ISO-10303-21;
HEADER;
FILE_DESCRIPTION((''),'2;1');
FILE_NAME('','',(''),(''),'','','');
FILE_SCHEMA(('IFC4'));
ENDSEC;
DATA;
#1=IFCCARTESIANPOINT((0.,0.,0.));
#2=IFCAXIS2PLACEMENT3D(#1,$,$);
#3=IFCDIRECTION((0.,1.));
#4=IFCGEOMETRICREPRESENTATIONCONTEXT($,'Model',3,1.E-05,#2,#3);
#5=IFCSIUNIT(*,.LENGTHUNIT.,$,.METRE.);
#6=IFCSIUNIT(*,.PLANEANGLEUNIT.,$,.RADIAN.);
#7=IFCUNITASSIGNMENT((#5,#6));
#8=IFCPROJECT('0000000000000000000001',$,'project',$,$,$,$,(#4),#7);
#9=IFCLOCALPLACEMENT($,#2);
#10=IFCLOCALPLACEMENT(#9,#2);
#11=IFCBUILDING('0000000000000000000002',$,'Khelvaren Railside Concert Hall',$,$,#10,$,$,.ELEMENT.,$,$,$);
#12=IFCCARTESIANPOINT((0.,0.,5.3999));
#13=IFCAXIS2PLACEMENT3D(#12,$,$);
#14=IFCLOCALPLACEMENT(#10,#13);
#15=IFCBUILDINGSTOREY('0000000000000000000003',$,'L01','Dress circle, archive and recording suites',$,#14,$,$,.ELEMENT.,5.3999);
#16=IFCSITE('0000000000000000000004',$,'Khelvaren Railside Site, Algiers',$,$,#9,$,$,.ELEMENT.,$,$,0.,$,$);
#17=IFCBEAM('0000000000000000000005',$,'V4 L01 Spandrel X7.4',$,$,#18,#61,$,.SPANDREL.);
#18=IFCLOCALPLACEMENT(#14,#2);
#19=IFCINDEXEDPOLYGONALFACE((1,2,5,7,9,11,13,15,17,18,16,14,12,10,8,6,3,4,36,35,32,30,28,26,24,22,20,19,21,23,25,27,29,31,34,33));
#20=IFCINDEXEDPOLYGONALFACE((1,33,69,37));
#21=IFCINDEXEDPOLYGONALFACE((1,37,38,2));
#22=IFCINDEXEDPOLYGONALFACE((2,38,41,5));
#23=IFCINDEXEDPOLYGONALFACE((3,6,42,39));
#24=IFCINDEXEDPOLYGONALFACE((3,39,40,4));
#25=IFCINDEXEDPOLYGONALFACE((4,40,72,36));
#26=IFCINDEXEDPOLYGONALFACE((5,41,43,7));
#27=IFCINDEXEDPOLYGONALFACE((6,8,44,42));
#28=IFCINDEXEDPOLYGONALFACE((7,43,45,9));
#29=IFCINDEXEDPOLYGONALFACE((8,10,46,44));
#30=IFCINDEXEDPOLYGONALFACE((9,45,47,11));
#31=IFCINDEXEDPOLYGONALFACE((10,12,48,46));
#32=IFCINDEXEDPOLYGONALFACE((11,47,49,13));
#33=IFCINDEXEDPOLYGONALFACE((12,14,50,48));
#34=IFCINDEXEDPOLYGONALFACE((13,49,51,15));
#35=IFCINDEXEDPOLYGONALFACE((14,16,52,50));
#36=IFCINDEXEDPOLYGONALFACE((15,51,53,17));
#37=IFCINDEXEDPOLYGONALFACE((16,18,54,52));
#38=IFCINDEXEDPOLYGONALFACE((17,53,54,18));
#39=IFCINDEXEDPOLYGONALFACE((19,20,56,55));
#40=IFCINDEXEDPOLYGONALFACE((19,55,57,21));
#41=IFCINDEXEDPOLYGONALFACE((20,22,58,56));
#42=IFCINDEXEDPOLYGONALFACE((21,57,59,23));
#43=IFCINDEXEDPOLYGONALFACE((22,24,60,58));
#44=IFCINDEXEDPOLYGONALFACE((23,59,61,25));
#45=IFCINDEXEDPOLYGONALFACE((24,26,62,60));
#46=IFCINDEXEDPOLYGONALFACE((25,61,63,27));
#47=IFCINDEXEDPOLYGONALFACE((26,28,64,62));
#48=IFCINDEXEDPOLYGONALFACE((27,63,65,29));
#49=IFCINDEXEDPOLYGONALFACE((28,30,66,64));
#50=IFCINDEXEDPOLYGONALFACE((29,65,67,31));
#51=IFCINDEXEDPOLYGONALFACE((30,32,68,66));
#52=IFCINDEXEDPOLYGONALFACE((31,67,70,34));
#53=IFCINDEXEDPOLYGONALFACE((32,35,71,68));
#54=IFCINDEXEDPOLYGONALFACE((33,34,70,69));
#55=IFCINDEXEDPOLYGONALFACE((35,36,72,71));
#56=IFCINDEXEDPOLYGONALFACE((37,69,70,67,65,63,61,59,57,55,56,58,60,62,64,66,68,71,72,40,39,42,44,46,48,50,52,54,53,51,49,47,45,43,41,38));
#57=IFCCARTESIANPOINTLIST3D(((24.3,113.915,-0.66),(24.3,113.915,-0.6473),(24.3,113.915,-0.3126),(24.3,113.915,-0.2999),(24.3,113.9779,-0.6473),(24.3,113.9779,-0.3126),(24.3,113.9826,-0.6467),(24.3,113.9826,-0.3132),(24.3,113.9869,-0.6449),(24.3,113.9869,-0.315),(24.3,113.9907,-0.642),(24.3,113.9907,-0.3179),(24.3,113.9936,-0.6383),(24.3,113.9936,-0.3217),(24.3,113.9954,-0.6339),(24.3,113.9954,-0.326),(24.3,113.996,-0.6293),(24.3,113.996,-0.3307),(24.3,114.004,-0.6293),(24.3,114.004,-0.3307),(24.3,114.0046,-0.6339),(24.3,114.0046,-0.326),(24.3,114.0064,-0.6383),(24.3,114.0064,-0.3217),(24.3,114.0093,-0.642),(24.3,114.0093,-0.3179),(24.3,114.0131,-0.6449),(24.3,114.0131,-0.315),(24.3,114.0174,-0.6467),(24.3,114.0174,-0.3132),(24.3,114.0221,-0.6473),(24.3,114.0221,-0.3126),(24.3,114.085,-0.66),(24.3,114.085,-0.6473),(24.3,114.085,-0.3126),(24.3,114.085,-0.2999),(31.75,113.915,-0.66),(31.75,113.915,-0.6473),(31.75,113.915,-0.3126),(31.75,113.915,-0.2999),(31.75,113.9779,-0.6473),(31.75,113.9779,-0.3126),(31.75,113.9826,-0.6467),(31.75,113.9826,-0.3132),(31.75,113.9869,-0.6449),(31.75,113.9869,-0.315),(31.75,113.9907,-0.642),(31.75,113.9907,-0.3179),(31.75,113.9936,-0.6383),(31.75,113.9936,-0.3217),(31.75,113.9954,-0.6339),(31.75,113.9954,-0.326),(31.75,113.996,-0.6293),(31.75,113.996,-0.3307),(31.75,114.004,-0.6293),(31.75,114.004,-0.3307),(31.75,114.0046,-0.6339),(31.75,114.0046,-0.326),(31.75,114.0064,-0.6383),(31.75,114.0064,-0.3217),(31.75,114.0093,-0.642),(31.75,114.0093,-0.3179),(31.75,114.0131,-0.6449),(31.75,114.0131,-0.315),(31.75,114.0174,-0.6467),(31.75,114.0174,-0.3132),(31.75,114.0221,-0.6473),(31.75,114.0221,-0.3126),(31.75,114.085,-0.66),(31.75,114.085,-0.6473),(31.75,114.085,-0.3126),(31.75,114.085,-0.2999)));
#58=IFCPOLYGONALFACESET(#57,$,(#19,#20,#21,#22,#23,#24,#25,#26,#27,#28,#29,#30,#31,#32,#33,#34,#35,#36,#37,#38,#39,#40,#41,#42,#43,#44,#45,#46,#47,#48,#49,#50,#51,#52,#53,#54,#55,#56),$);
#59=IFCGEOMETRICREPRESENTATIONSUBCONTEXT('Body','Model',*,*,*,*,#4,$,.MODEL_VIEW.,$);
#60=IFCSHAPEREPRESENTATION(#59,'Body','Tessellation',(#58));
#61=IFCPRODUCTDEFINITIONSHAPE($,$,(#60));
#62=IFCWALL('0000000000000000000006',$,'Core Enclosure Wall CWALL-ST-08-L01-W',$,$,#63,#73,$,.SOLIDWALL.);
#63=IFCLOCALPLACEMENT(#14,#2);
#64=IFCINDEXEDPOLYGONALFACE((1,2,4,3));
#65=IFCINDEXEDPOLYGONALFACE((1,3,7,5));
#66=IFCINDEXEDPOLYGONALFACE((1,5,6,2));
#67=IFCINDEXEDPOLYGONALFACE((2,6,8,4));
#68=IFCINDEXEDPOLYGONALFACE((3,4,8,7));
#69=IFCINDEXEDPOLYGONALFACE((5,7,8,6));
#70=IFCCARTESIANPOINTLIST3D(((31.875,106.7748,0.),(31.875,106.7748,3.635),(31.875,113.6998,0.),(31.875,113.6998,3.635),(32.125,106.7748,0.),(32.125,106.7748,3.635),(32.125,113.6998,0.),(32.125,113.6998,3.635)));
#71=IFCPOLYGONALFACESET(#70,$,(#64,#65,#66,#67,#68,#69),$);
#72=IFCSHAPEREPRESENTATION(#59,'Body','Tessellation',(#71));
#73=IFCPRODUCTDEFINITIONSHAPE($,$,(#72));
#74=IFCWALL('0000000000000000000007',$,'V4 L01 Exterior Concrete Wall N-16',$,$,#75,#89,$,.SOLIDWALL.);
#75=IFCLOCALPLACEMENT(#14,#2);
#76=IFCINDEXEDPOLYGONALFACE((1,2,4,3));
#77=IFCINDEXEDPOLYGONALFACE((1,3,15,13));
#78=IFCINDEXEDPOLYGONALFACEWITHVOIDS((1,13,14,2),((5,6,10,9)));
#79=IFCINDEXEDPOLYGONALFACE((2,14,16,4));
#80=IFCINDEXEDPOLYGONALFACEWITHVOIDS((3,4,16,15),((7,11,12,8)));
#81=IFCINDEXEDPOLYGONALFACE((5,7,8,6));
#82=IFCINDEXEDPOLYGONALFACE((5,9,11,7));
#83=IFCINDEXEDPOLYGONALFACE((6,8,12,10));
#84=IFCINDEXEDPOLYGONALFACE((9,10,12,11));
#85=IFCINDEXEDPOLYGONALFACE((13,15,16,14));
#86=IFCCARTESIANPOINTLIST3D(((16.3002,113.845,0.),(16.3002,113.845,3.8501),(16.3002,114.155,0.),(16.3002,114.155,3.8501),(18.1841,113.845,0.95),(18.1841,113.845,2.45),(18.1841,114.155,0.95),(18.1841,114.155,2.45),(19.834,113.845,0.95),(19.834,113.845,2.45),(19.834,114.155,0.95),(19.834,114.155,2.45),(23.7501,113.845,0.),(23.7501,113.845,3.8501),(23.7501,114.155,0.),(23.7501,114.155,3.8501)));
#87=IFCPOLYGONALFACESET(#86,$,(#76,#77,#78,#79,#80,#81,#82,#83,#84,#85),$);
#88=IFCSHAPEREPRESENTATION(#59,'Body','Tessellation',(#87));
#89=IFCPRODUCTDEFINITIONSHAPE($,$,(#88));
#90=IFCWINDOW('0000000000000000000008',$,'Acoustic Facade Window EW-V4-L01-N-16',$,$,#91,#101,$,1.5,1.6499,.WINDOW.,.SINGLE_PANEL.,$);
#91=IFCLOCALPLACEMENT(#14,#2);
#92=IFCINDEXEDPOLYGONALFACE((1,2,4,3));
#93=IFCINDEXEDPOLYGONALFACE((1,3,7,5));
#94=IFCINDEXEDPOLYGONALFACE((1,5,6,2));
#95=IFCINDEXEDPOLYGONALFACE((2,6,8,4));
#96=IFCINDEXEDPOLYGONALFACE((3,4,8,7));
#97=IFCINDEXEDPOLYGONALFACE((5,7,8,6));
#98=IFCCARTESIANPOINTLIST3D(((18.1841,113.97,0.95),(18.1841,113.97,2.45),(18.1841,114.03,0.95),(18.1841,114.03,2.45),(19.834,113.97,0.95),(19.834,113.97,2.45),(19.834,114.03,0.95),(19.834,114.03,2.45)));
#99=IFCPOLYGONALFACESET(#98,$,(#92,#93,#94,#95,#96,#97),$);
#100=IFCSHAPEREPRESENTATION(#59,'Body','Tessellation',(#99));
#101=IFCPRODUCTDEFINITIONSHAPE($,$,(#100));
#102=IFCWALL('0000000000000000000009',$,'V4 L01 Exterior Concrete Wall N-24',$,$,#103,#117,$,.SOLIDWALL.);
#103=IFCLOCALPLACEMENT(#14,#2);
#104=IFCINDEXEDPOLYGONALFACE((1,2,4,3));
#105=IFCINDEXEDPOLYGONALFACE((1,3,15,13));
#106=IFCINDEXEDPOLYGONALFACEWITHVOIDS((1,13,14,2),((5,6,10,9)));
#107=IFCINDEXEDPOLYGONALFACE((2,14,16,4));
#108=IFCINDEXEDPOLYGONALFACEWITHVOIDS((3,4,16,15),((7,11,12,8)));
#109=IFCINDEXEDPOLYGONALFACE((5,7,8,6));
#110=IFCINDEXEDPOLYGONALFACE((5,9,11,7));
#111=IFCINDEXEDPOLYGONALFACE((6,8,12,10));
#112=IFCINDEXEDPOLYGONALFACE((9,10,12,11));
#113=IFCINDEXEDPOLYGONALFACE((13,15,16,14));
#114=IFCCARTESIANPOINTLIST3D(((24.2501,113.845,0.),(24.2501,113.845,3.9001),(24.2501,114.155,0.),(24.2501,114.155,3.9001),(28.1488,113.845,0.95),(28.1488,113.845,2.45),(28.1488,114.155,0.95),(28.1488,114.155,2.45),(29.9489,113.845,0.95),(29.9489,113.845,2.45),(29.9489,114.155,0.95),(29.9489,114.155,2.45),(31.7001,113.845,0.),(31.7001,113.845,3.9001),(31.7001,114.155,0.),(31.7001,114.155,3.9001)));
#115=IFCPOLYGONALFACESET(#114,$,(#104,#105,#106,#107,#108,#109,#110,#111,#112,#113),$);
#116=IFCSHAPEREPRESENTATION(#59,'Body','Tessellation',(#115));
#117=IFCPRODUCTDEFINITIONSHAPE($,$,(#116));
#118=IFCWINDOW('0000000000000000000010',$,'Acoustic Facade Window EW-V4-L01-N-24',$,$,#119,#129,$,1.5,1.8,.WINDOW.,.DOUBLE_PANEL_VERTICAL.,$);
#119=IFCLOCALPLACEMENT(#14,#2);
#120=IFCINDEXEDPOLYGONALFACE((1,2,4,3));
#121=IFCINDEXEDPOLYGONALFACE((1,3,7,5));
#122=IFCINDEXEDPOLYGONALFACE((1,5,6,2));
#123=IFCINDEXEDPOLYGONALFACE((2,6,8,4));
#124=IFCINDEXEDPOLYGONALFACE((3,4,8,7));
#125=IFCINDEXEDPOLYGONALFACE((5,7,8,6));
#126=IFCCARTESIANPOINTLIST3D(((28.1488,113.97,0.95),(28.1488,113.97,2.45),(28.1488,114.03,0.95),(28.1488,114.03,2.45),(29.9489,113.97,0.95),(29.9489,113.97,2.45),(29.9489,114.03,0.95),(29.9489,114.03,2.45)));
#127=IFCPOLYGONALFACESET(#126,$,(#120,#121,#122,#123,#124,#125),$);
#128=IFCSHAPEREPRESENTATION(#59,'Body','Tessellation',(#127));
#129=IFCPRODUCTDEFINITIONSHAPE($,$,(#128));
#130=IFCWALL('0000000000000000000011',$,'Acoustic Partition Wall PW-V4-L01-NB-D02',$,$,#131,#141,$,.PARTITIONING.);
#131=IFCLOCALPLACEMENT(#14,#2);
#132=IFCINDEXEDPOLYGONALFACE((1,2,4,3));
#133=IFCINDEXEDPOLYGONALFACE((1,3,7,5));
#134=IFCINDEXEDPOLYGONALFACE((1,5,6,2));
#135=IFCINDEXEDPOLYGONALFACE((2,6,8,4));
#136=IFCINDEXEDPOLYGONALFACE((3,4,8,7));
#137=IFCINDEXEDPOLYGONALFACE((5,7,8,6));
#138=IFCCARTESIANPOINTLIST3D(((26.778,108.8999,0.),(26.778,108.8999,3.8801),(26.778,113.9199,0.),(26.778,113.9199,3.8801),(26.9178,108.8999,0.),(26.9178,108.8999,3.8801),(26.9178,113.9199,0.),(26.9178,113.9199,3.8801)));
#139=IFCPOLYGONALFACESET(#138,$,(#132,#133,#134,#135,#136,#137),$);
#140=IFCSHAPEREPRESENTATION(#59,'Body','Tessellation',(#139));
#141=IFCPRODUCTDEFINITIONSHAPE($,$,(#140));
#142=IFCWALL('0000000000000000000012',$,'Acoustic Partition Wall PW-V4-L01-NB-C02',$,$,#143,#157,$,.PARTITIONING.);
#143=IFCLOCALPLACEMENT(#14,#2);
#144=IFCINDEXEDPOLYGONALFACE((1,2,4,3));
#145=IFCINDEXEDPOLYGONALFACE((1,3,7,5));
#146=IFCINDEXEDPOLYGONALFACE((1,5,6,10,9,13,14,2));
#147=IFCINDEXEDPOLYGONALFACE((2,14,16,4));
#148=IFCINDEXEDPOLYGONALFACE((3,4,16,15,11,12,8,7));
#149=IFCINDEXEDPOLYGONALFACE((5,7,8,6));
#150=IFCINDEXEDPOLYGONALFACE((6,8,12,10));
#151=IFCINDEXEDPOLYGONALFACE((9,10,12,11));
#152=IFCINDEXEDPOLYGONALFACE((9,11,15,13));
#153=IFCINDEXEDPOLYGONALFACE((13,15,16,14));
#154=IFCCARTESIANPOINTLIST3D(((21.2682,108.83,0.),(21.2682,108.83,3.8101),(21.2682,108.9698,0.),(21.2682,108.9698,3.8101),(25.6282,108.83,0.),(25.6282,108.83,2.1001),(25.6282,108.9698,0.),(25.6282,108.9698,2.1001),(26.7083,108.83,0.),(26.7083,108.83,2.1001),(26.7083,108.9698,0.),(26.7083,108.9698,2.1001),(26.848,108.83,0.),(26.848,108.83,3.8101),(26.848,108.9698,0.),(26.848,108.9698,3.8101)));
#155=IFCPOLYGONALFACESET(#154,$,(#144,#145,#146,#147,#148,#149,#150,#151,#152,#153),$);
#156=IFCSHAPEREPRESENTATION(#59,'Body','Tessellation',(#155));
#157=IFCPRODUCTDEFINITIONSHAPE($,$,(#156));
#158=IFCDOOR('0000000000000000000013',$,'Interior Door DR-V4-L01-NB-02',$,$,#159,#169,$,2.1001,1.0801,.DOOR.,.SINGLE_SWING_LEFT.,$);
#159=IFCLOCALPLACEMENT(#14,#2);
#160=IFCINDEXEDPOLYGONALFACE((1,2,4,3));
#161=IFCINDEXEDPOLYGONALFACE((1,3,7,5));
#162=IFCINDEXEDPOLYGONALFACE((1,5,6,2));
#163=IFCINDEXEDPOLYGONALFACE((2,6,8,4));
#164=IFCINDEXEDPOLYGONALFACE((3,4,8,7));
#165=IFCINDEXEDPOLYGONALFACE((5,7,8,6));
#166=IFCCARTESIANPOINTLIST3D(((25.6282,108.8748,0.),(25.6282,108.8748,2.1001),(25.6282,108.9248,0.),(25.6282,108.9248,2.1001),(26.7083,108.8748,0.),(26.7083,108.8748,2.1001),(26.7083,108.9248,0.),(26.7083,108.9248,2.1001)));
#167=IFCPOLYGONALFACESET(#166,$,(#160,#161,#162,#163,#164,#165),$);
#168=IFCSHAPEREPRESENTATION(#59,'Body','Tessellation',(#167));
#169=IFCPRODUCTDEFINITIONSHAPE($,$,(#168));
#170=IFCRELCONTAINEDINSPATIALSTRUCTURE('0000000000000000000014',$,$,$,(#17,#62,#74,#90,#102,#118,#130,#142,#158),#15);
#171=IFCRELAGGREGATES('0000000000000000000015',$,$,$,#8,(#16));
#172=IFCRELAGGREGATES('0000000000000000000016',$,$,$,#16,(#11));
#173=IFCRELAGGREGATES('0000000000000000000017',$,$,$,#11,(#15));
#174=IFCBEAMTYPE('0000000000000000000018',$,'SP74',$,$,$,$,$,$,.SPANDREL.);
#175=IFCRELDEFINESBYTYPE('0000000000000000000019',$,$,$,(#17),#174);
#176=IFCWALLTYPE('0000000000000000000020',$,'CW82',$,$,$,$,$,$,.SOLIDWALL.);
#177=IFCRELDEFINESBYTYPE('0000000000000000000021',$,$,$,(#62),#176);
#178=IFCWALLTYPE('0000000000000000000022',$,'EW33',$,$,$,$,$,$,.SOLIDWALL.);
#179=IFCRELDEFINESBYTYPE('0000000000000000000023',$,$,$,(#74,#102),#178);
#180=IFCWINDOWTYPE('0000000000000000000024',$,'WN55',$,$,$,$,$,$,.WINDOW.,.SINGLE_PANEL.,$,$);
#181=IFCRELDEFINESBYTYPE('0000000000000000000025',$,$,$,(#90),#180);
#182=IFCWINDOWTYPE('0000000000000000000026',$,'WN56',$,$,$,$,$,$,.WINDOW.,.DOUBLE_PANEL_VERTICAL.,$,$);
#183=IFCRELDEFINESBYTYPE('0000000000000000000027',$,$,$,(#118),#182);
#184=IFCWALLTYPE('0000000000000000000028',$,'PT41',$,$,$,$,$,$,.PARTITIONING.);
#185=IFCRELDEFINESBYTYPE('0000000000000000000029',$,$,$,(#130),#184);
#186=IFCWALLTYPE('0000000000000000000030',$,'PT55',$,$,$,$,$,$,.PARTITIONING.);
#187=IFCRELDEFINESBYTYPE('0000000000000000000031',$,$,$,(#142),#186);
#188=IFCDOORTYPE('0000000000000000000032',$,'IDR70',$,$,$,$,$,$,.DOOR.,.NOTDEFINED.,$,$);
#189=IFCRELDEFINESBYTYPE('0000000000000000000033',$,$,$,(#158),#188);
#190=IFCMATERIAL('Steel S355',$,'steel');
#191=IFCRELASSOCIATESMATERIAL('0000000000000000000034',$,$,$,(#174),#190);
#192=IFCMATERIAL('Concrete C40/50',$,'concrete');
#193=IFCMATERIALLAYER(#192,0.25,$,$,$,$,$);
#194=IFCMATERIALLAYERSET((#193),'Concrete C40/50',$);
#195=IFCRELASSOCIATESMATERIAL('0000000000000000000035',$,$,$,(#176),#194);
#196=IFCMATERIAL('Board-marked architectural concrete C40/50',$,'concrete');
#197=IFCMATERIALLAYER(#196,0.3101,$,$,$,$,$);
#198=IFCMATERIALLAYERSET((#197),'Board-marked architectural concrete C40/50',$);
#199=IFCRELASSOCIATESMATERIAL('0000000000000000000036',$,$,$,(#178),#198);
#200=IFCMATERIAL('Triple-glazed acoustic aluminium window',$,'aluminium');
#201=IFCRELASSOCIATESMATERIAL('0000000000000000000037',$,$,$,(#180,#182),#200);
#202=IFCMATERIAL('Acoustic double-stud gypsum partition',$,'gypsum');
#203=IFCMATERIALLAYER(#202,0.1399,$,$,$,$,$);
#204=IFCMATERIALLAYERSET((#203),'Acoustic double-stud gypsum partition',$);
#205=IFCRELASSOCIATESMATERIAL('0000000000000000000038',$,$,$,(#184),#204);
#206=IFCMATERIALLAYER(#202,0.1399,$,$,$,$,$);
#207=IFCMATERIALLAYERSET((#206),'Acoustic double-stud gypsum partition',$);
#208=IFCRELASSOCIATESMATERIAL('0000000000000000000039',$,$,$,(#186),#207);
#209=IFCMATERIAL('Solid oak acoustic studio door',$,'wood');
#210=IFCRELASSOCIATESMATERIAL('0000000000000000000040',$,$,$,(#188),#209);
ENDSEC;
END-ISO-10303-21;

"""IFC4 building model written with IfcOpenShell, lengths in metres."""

from ifc_helpers import new_model, si_unit, direction, frame, frame_2d, origin, origin_2d, place, context, subcontext, project, spatial, rectangle, i_section, extrude, material, layer, layer_set, material_profile, profile_set, type_object, element, fill, save


model = new_model("IFC4")

# Units and contexts
model_context = context("Model", 3, precision=1e-05, world=origin(), true_north=direction((0.0, 1.0)))
body_context = subcontext(model_context, "Body", "Model", "MODEL_VIEW")
ifc_project = project(units=[si_unit("LENGTHUNIT", "METRE"), si_unit("PLANEANGLEUNIT", "RADIAN")], contexts=[model_context])

# Site, building, storey
site_placement = place(None, origin())
site = spatial("IfcSite", under=ifc_project, at=site_placement, Name="Khelvaren Railside Site, Algiers", CompositionType="ELEMENT", RefElevation=0.0)
building_placement = place(site_placement, origin())
building = spatial("IfcBuilding", under=site, at=building_placement, Name="Khelvaren Railside Concert Hall", CompositionType="ELEMENT")
storey_placement = place(building_placement, frame((0.0, 0.0, 5.3999)))
storey = spatial("IfcBuildingStorey", under=building, at=storey_placement, Name="L01", Description="Dress circle, archive and recording suites", CompositionType="ELEMENT", Elevation=5.3999)

# Beam
ifc_material_1 = material(Name="Steel S355", Category="steel")
ifc_material_2 = material(Name="Concrete C40/50", Category="concrete")
ifc_material_profile_1 = material_profile(ifc_material_1, i_section(OverallWidth=0.1699, OverallDepth=0.3601, WebThickness=0.0081, FlangeThickness=0.0127, FilletRadius=0.0181, at=origin_2d()), Name="IPE 360")
ifc_profile_set_1 = profile_set([ifc_material_profile_1], Name="Steel S355")
beam_type_1 = type_object("IfcBeamType", Name="SP74", PredefinedType="SPANDREL", material=ifc_profile_set_1)
beam_1_placement = place(storey_placement, frame((24.3, 114.0, -0.48), z_axis=(1.0, 0.0, 0.0), x_axis=(0.0, 1.0, 0.0)))
element("IfcBeam", 1, at=beam_1_placement, inside=storey, type_object=beam_type_1, Name="V4 L01 Spandrel X7.4", PredefinedType="SPANDREL", context=body_context, shape_type="SweptSolid", body=[
    extrude(i_section(OverallWidth=0.1699, OverallDepth=0.3601, WebThickness=0.0081, FlangeThickness=0.0127, FilletRadius=0.0181, at=origin_2d()), origin(), (0.0, 0.0, 1.0), 7.45),
])

# Wall
ifc_layer_1 = layer(ifc_material_2, 0.25)
ifc_layer_set_1 = layer_set([ifc_layer_1], Name="Concrete C40/50")
wall_type_1 = type_object("IfcWallType", Name="CW82", PredefinedType="SOLIDWALL", material=ifc_layer_set_1)
wall_1_placement = place(storey_placement, frame((32.0, 106.7749, 0.0), z_axis=(0.0, 0.0, 1.0), x_axis=(0.0, 1.0, 0.0)))
element("IfcWall", 2, at=wall_1_placement, inside=storey, type_object=wall_type_1, Name="Core Enclosure Wall CWALL-ST-08-L01-W", PredefinedType="SOLIDWALL", context=body_context, shape_type="SweptSolid", body=[
    extrude(rectangle(XDim=6.925, YDim=0.25, at=frame_2d((3.4624, 0.0))), origin(), (0.0, 0.0, 1.0), 3.635),
])

# Walls, openings, windows
ifc_material_3 = material(Name="Board-marked architectural concrete C40/50", Category="concrete")
ifc_layer_2 = layer(ifc_material_3, 0.3101)
ifc_layer_set_2 = layer_set([ifc_layer_2], Name="Board-marked architectural concrete C40/50")
wall_type_2 = type_object("IfcWallType", Name="EW33", PredefinedType="SOLIDWALL", material=ifc_layer_set_2)
wall_2_placement = place(storey_placement, frame((16.3, 114.0, 0.0), z_axis=(0.0, 0.0, 1.0), x_axis=(1.0, 0.0, 0.0)))
wall_2 = element("IfcWall", 3, at=wall_2_placement, inside=storey, type_object=wall_type_2, Name="V4 L01 Exterior Concrete Wall N-16", PredefinedType="SOLIDWALL", context=body_context, shape_type="SweptSolid", body=[
    extrude(rectangle(XDim=7.45, YDim=0.3101, at=frame_2d((3.7251, 0.0))), origin(), (0.0, 0.0, 1.0), 3.8501),
])
opening_1_placement = place(wall_2_placement, frame((1.884, 0.0, 0.95)))
opening_1 = element("IfcOpeningElement", 4, at=opening_1_placement, cuts=wall_2, PredefinedType="OPENING", context=body_context, shape_type="SweptSolid", body=[
    extrude(rectangle(XDim=1.6499, YDim=1.5, at=frame_2d((0.825, 0.75))), frame((0.0, 0.165, 0.0), z_axis=(0.0, -1.0, 0.0), x_axis=(1.0, 0.0, 0.0)), (0.0, 0.0, 1.0), 0.3301),
])
ifc_material_4 = material(Name="Triple-glazed acoustic aluminium window", Category="aluminium")
window_type_1 = type_object("IfcWindowType", Name="WN55", PartitioningType="SINGLE_PANEL", PredefinedType="WINDOW", material=ifc_material_4)
window_1_placement = place(opening_1_placement, origin())
window_1 = element("IfcWindow", 5, at=window_1_placement, inside=storey, type_object=window_type_1, Name="Acoustic Facade Window EW-V4-L01-N-16", OverallHeight=1.5, OverallWidth=1.6499, PartitioningType="SINGLE_PANEL", PredefinedType="WINDOW", context=body_context, shape_type="SweptSolid", body=[
    extrude(rectangle(XDim=1.6499, YDim=1.5, at=frame_2d((0.825, 0.75))), frame((0.0, 0.03, 0.0), z_axis=(0.0, -1.0, 0.0), x_axis=(1.0, 0.0, 0.0)), (0.0, 0.0, 1.0), 0.0601),
])
fill(opening_1, window_1)
wall_3_placement = place(storey_placement, frame((24.25, 114.0, 0.0), z_axis=(0.0, 0.0, 1.0), x_axis=(1.0, 0.0, 0.0)))
wall_3 = element("IfcWall", 6, at=wall_3_placement, inside=storey, type_object=wall_type_2, Name="V4 L01 Exterior Concrete Wall N-24", PredefinedType="SOLIDWALL", context=body_context, shape_type="SweptSolid", body=[
    extrude(rectangle(XDim=7.45, YDim=0.3101, at=frame_2d((3.7251, 0.0))), origin(), (0.0, 0.0, 1.0), 3.9001),
])
opening_2_placement = place(wall_3_placement, frame((3.8989, 0.0, 0.95)))
opening_2 = element("IfcOpeningElement", 7, at=opening_2_placement, cuts=wall_3, PredefinedType="OPENING", context=body_context, shape_type="SweptSolid", body=[
    extrude(rectangle(XDim=1.8, YDim=1.5, at=frame_2d((0.8999, 0.75))), frame((0.0, 0.165, 0.0), z_axis=(0.0, -1.0, 0.0), x_axis=(1.0, 0.0, 0.0)), (0.0, 0.0, 1.0), 0.3301),
])
window_type_2 = type_object("IfcWindowType", Name="WN56", PartitioningType="DOUBLE_PANEL_VERTICAL", PredefinedType="WINDOW", material=ifc_material_4)
window_2_placement = place(opening_2_placement, origin())
window_2 = element("IfcWindow", 8, at=window_2_placement, inside=storey, type_object=window_type_2, Name="Acoustic Facade Window EW-V4-L01-N-24", OverallHeight=1.5, OverallWidth=1.8, PartitioningType="DOUBLE_PANEL_VERTICAL", PredefinedType="WINDOW", context=body_context, shape_type="SweptSolid", body=[
    extrude(rectangle(XDim=1.8, YDim=1.5, at=frame_2d((0.8999, 0.75))), frame((0.0, 0.03, 0.0), z_axis=(0.0, -1.0, 0.0), x_axis=(1.0, 0.0, 0.0)), (0.0, 0.0, 1.0), 0.0601),
])
fill(opening_2, window_2)

# Wall
ifc_material_5 = material(Name="Acoustic double-stud gypsum partition", Category="gypsum")
ifc_layer_3 = layer(ifc_material_5, 0.1399)
ifc_layer_set_3 = layer_set([ifc_layer_3], Name="Acoustic double-stud gypsum partition")
wall_type_3 = type_object("IfcWallType", Name="PT41", PredefinedType="PARTITIONING", material=ifc_layer_set_3)
wall_4_placement = place(storey_placement, frame((26.8479, 108.8999, 0.0), z_axis=(0.0, 0.0, 1.0), x_axis=(0.0, 1.0, 0.0)))
element("IfcWall", 9, at=wall_4_placement, inside=storey, type_object=wall_type_3, Name="Acoustic Partition Wall PW-V4-L01-NB-D02", PredefinedType="PARTITIONING", context=body_context, shape_type="SweptSolid", body=[
    extrude(rectangle(XDim=5.02, YDim=0.1399, at=frame_2d((2.51, 0.0))), origin(), (0.0, 0.0, 1.0), 3.8801),
])

# Wall, opening, door
ifc_layer_4 = layer(ifc_material_5, 0.1399)
ifc_layer_set_4 = layer_set([ifc_layer_4], Name="Acoustic double-stud gypsum partition")
wall_type_4 = type_object("IfcWallType", Name="PT55", PredefinedType="PARTITIONING", material=ifc_layer_set_4)
wall_5_placement = place(storey_placement, frame((21.2681, 108.8999, 0.0), z_axis=(0.0, 0.0, 1.0), x_axis=(1.0, 0.0, 0.0)))
wall_5 = element("IfcWall", 10, at=wall_5_placement, inside=storey, type_object=wall_type_4, Name="Acoustic Partition Wall PW-V4-L01-NB-C02", PredefinedType="PARTITIONING", context=body_context, shape_type="SweptSolid", body=[
    extrude(rectangle(XDim=5.5798, YDim=0.1399, at=frame_2d((2.79, 0.0))), origin(), (0.0, 0.0, 1.0), 3.8101),
])
opening_3_placement = place(wall_5_placement, frame((4.3601, 0.0, 0.0)))
opening_3 = element("IfcOpeningElement", 11, at=opening_3_placement, cuts=wall_5, PredefinedType="OPENING", context=body_context, shape_type="SweptSolid", body=[
    extrude(rectangle(XDim=1.0801, YDim=2.1001, at=frame_2d((0.54, 1.05))), frame((0.0, 0.0798, 0.0), z_axis=(0.0, -1.0, 0.0), x_axis=(1.0, 0.0, 0.0)), (0.0, 0.0, 1.0), 0.1599),
])
ifc_material_6 = material(Name="Solid oak acoustic studio door", Category="wood")
door_type_1 = type_object("IfcDoorType", Name="IDR70", OperationType="NOTDEFINED", PredefinedType="DOOR", material=ifc_material_6)
door_1_placement = place(opening_3_placement, origin())
door_1 = element("IfcDoor", 12, at=door_1_placement, inside=storey, type_object=door_type_1, Name="Interior Door DR-V4-L01-NB-02", OperationType="SINGLE_SWING_LEFT", OverallHeight=2.1001, OverallWidth=1.0801, PredefinedType="DOOR", context=body_context, shape_type="SweptSolid", body=[
    extrude(rectangle(XDim=1.0801, YDim=2.1001, at=frame_2d((0.54, 1.05))), frame((0.0, 0.0249, 0.0), z_axis=(0.0, -1.0, 0.0), x_axis=(1.0, 0.0, 0.0)), (0.0, 0.0, 1.0), 0.05),
])
fill(opening_3, door_1)

save(model, "model.ifc")
